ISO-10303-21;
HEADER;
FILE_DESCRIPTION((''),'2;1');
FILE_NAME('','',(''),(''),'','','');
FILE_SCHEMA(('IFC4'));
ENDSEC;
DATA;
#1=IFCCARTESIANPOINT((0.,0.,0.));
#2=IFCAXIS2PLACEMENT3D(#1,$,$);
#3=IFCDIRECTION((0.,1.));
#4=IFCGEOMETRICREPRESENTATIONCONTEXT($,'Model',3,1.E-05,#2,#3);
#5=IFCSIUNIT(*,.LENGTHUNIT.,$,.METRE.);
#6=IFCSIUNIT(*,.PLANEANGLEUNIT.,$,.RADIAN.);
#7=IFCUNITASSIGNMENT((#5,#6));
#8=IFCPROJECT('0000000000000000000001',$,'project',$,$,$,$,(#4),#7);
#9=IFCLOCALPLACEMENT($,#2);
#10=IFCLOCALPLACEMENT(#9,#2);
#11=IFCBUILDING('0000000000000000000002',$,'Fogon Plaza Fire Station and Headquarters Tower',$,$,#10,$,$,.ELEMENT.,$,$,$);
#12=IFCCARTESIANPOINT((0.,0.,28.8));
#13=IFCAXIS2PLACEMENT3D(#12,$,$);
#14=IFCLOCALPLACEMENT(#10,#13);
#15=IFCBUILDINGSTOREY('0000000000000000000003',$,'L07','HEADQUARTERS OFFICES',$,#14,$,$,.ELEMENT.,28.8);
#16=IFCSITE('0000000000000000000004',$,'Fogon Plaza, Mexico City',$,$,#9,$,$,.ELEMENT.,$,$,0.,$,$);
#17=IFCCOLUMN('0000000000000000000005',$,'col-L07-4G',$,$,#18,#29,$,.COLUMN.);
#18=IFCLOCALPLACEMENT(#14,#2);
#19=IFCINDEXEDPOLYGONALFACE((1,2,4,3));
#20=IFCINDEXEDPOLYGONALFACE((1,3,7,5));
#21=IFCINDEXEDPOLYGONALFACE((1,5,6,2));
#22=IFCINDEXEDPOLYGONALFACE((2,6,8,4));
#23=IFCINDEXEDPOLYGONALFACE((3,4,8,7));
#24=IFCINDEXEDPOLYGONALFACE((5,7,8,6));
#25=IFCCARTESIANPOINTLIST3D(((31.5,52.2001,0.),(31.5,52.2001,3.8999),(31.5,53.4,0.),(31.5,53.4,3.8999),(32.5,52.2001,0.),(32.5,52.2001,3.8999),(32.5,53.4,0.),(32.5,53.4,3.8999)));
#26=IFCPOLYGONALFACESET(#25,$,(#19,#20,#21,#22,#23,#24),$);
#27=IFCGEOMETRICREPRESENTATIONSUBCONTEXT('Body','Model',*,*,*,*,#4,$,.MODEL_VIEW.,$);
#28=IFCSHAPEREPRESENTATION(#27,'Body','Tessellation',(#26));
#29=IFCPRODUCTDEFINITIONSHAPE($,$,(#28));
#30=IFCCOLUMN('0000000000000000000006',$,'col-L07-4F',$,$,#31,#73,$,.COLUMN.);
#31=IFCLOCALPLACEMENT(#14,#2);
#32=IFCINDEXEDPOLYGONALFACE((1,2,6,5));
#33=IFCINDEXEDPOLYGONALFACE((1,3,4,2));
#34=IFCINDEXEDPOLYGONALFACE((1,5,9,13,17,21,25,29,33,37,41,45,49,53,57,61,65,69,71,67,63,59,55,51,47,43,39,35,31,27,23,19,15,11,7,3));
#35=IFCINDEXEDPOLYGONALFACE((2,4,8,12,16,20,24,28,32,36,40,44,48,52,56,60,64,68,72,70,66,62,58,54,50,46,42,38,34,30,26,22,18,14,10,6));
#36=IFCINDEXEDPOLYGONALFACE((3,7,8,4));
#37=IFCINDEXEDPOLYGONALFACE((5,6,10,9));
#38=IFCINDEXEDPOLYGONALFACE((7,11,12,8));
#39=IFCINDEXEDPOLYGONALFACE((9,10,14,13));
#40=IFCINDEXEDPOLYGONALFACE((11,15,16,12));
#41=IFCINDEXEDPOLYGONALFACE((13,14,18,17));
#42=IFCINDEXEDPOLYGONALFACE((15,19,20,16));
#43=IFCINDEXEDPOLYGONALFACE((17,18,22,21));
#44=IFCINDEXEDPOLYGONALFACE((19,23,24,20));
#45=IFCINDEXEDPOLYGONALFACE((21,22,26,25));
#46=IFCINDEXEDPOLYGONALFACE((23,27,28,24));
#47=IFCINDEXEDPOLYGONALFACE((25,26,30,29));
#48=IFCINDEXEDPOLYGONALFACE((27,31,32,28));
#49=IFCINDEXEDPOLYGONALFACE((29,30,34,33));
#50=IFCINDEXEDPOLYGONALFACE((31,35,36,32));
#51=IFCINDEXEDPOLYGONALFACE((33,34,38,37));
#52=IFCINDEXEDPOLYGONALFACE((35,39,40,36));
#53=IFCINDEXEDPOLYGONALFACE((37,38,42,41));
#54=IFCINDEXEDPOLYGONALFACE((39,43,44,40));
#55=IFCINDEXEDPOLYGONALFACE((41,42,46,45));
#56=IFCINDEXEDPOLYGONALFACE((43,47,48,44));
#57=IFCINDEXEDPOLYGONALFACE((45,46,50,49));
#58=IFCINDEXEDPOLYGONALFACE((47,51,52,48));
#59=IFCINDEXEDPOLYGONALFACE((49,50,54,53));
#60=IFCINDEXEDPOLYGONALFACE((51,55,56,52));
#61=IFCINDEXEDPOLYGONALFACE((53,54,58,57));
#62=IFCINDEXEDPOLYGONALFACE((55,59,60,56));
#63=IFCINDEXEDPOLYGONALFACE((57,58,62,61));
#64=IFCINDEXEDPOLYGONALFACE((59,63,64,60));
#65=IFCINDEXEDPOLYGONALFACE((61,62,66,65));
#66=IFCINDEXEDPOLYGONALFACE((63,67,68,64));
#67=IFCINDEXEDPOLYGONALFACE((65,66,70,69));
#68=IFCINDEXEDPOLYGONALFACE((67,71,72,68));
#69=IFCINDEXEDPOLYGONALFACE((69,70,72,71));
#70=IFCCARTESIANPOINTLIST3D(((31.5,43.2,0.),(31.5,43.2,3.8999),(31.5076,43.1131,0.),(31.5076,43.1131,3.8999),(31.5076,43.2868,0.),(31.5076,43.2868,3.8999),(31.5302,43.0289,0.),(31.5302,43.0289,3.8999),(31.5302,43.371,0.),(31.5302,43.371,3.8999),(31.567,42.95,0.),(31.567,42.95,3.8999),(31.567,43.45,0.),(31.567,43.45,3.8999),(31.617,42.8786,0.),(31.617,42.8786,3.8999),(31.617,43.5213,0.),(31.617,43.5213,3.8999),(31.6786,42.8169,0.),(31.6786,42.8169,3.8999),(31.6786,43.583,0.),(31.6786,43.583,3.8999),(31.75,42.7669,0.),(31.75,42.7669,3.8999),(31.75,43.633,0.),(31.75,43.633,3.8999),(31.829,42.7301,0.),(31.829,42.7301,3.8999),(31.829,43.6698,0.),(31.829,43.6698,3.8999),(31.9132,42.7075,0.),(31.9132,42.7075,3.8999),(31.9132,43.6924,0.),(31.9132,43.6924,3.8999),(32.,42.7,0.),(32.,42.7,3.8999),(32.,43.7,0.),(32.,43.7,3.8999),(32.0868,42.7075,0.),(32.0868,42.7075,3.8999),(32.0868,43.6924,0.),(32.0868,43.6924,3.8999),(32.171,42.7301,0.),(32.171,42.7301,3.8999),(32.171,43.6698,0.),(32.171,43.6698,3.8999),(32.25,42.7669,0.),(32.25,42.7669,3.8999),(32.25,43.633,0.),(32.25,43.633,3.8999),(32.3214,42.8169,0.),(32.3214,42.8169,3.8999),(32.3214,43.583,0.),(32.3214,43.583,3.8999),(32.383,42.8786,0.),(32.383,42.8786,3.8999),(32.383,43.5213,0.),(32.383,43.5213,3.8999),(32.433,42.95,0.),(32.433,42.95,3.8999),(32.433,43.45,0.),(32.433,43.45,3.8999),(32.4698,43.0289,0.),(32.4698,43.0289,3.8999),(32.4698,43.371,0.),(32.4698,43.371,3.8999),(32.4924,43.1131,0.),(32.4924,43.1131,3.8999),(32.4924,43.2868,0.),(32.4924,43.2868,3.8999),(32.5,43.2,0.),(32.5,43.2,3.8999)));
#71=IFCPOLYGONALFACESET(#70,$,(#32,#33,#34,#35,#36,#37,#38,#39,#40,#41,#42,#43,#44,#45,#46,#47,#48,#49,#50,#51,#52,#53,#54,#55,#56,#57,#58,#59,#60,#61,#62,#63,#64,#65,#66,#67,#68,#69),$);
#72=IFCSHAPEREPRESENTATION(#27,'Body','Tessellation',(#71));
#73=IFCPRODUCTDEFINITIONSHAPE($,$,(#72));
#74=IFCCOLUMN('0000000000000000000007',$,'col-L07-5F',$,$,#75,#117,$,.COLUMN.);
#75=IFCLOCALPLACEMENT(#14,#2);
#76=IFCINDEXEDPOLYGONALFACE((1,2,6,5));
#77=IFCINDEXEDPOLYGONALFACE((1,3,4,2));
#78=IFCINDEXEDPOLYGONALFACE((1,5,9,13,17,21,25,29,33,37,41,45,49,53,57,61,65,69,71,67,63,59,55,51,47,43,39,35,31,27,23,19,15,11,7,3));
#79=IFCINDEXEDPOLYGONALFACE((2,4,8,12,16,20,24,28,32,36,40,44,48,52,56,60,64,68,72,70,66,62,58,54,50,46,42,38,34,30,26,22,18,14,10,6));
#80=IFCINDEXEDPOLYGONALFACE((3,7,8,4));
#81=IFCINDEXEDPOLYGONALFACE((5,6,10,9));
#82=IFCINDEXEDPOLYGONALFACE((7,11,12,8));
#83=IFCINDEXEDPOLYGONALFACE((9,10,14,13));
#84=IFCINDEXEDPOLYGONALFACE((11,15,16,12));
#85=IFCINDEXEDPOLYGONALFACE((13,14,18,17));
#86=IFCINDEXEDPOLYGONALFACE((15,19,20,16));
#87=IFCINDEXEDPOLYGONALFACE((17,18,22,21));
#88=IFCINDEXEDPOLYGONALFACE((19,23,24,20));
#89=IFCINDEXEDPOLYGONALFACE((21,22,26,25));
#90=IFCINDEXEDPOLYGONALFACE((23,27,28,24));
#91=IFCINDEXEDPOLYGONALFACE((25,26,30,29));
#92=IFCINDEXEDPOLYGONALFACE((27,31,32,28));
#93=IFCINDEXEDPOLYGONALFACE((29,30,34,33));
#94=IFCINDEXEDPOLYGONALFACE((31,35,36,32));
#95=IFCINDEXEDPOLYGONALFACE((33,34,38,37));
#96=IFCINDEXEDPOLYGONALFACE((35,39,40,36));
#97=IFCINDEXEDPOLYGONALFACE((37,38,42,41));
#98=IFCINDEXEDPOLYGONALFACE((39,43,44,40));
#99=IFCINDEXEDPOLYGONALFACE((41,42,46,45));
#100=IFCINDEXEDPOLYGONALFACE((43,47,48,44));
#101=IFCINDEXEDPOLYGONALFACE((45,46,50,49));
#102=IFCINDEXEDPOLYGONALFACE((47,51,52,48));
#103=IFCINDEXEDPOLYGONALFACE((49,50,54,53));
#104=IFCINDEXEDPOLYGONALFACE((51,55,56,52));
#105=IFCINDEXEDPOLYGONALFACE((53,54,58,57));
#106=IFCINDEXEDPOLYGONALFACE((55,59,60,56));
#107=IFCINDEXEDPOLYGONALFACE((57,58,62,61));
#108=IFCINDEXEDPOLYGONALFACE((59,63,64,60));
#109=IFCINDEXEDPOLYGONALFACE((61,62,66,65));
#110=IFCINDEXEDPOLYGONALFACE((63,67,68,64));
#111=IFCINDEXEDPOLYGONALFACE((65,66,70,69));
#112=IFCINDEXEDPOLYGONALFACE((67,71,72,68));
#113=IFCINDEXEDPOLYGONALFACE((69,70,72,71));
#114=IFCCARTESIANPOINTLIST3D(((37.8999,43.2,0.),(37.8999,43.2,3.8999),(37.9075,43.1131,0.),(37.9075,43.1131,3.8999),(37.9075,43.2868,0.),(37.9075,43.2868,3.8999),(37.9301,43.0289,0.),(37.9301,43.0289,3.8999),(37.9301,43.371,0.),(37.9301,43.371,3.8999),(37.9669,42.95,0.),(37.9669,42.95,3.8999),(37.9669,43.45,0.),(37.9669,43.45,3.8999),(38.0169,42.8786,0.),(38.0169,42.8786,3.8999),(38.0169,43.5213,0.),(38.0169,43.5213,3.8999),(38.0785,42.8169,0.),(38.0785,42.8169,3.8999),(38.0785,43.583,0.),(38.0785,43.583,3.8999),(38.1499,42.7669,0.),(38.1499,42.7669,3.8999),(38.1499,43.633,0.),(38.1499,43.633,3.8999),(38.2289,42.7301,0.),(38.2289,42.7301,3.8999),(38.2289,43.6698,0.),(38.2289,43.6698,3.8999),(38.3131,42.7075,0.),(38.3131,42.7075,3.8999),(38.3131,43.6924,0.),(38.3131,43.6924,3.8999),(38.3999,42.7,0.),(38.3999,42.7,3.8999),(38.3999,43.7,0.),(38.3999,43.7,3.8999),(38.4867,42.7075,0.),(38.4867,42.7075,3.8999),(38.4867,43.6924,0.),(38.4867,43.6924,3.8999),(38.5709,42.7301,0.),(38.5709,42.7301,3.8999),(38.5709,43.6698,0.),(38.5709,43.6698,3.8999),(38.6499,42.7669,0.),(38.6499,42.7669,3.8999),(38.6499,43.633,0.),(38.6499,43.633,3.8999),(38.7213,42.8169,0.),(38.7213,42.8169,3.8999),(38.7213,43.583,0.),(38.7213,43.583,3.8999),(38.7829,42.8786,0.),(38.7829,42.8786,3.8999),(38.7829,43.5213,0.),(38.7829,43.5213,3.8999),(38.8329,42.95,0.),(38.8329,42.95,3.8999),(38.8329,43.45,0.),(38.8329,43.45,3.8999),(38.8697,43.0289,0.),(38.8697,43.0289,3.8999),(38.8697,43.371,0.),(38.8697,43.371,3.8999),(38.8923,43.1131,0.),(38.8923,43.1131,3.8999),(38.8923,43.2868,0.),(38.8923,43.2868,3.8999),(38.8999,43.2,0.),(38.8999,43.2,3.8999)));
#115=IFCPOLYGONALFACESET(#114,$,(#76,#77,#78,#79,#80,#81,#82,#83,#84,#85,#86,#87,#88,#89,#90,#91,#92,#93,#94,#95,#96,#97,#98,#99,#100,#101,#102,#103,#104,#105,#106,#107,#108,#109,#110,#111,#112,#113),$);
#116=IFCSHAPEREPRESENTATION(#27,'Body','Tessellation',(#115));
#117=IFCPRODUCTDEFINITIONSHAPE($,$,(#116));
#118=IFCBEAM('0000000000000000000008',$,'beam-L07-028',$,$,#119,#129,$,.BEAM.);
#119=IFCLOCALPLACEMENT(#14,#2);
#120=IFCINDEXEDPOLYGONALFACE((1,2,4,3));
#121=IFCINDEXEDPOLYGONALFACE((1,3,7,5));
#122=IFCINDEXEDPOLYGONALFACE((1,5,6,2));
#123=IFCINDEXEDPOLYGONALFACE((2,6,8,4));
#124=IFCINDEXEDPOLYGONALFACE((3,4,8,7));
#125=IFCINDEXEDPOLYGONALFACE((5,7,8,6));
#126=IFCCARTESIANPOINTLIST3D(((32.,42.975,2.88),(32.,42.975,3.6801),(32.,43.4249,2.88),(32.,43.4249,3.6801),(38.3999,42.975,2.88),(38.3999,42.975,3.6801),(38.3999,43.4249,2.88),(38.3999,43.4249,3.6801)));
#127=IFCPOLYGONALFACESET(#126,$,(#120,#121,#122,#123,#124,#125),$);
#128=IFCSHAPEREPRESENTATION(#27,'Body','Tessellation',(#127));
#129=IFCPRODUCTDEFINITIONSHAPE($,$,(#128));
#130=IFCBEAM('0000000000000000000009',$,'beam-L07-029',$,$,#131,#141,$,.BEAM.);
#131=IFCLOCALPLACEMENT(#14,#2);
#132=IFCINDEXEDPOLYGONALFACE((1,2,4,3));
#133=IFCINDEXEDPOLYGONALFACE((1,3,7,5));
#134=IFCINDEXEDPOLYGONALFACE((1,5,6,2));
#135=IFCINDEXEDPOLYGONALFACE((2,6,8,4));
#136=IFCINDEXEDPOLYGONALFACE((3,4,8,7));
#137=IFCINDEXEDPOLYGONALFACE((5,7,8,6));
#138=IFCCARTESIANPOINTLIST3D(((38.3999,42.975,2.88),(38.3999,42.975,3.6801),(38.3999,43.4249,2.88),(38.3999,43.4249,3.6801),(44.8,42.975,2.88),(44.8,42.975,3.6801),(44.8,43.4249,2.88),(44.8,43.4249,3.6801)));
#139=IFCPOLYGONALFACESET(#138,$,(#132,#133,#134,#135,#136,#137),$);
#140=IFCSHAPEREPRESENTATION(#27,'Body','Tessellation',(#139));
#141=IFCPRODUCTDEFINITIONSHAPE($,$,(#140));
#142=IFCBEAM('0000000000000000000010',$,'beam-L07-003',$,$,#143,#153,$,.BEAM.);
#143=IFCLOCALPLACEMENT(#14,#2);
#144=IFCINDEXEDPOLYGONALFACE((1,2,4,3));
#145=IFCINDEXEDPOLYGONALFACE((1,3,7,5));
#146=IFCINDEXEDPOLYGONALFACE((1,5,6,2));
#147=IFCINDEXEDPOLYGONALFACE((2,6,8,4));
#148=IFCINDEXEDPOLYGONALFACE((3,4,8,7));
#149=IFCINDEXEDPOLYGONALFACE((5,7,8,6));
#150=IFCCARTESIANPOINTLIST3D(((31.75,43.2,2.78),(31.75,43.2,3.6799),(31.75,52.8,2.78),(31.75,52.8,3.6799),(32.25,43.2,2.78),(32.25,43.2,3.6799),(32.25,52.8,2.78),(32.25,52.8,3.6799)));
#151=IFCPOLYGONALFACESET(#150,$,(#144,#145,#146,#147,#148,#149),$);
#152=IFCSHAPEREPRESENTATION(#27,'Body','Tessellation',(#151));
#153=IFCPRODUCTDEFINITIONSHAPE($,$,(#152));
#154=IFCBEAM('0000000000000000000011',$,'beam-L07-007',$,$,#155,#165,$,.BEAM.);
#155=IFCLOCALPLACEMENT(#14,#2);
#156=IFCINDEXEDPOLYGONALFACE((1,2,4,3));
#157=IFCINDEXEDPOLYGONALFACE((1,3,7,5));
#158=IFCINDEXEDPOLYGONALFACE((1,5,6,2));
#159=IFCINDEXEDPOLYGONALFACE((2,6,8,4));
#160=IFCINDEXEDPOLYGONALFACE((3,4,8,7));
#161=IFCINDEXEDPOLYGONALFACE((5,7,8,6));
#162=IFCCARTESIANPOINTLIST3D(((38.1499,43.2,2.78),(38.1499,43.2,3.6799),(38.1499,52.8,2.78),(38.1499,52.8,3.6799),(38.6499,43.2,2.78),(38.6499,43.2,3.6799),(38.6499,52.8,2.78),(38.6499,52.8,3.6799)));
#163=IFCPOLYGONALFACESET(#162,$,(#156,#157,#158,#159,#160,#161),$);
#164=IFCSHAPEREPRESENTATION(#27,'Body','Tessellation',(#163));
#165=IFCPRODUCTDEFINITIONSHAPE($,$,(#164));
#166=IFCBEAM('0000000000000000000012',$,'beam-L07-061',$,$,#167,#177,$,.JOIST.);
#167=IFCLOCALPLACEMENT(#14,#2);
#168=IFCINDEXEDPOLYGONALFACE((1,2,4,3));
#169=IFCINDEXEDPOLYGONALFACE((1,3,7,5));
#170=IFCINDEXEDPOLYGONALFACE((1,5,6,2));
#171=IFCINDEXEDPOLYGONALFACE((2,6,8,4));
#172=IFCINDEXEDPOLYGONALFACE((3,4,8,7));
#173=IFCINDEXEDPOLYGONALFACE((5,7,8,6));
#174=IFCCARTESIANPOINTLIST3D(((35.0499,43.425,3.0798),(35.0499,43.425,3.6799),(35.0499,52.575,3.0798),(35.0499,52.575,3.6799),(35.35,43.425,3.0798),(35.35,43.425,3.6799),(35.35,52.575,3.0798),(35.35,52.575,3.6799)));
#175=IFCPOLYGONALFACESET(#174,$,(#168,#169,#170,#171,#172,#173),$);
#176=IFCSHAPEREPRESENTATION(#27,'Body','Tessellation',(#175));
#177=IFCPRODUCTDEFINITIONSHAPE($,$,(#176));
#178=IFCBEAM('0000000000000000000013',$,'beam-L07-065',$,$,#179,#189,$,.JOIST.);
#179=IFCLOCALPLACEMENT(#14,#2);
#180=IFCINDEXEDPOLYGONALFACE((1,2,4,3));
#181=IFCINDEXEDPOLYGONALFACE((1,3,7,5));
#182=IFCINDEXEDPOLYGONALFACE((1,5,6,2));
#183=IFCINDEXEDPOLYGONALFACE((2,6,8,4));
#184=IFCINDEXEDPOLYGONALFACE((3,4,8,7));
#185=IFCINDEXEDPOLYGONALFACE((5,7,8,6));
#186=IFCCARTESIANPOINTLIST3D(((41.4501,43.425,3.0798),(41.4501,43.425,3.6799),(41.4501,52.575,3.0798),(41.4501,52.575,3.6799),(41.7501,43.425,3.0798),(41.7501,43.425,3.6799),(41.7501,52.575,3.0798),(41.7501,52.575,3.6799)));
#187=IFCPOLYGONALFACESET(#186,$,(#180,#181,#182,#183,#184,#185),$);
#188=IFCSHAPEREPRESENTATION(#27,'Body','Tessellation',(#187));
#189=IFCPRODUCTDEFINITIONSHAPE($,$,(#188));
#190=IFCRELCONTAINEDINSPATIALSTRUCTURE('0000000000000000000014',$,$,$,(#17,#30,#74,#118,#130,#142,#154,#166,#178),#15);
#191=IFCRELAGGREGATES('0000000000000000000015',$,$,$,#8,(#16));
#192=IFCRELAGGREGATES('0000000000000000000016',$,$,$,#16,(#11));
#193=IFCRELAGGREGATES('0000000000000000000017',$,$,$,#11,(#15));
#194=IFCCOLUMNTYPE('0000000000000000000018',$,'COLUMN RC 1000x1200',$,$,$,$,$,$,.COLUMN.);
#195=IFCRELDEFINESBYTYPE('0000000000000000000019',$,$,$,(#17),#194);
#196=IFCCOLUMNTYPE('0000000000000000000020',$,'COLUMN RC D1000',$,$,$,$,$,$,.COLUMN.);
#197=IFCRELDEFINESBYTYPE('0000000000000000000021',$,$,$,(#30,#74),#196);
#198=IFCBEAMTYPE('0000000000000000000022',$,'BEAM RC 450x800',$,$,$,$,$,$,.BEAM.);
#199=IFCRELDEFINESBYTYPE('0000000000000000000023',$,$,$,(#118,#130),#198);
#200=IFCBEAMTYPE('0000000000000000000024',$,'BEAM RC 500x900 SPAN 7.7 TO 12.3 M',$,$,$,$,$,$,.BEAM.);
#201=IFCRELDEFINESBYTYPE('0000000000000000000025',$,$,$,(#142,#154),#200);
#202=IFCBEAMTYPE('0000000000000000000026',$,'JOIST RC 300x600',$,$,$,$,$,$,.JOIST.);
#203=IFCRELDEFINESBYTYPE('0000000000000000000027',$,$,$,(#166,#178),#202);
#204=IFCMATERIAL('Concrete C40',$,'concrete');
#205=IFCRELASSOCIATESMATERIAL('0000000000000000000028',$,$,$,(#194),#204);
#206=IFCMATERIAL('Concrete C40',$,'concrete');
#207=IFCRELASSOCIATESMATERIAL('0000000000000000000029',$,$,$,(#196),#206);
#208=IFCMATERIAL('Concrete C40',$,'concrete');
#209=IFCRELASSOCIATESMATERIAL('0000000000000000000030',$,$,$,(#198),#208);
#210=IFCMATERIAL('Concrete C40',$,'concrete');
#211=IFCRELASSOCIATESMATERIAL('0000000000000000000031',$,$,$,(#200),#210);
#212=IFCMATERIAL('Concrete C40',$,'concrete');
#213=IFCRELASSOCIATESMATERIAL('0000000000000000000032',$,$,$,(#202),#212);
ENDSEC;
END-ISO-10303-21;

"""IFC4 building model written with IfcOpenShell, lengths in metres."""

from ifc_helpers import new_model, si_unit, direction, frame, origin, origin_2d, place, context, subcontext, project, spatial, rectangle, circle, extrude, material, material_profile, profile_set, type_object, element, save


model = new_model("IFC4")

# Units and contexts
model_context = context("Model", 3, precision=1e-05, world=origin(), true_north=direction((0.0, 1.0)))
body_context = subcontext(model_context, "Body", "Model", "MODEL_VIEW")
ifc_project = project(units=[si_unit("LENGTHUNIT", "METRE"), si_unit("PLANEANGLEUNIT", "RADIAN")], contexts=[model_context])

# Site, building, storey
site_placement = place(None, origin())
site = spatial("IfcSite", under=ifc_project, at=site_placement, Name="Fogon Plaza, Mexico City", CompositionType="ELEMENT", RefElevation=0.0)
building_placement = place(site_placement, origin())
building = spatial("IfcBuilding", under=site, at=building_placement, Name="Fogon Plaza Fire Station and Headquarters Tower", CompositionType="ELEMENT")
storey_placement = place(building_placement, frame((0.0, 0.0, 28.8)))
storey = spatial("IfcBuildingStorey", under=building, at=storey_placement, Name="L07", Description="HEADQUARTERS OFFICES", CompositionType="ELEMENT", Elevation=28.8)

# Columns
ifc_material_1 = material(Name="Concrete C40", Category="concrete")
ifc_material_profile_1 = material_profile(ifc_material_1, rectangle(XDim=1.0, YDim=1.2, at=origin_2d()), Name="RC 1000x1200")
ifc_profile_set_1 = profile_set([ifc_material_profile_1], Name="Concrete C40")
column_type_1 = type_object("IfcColumnType", Name="COLUMN RC 1000x1200", PredefinedType="COLUMN", material=ifc_profile_set_1)
column_placement = place(storey_placement, frame((32.0, 52.8, 0.0), z_axis=(0.0, 0.0, 1.0), x_axis=(1.0, 0.0, 0.0)))
element("IfcColumn", 1, at=column_placement, inside=storey, type_object=column_type_1, Name="col-L07-4G", PredefinedType="COLUMN", context=body_context, shape_type="SweptSolid", body=[
    extrude(rectangle(XDim=1.0, YDim=1.2, at=origin_2d()), origin(), (0.0, 0.0, 1.0), 3.8999),
])
ifc_material_2 = material(Name="Concrete C40", Category="concrete")
ifc_material_profile_2 = material_profile(ifc_material_2, circle(Radius=0.5, at=origin_2d()), Name="RC D1000")
ifc_profile_set_2 = profile_set([ifc_material_profile_2], Name="Concrete C40")
column_type_2 = type_object("IfcColumnType", Name="COLUMN RC D1000", PredefinedType="COLUMN", material=ifc_profile_set_2)
for number, where, z_axis, x_axis, name in (
    (2, (32.0, 43.2, 0.0), (0.0, 0.0, 1.0), (1.0, 0.0, 0.0), "col-L07-4F"),
    (3, (38.3999, 43.2, 0.0), (0.0, 0.0, 1.0), (1.0, 0.0, 0.0), "col-L07-5F"),
):
    element("IfcColumn", number, at=place(storey_placement, frame(where, z_axis=z_axis, x_axis=x_axis)), inside=storey, type_object=column_type_2, Name=name, PredefinedType="COLUMN", context=body_context, shape_type="SweptSolid", body=[
        extrude(circle(Radius=0.5, at=origin_2d()), origin(), (0.0, 0.0, 1.0), 3.8999),
    ])

# Beams
ifc_material_3 = material(Name="Concrete C40", Category="concrete")
ifc_material_profile_3 = material_profile(ifc_material_3, rectangle(XDim=0.45, YDim=0.8, at=origin_2d()), Name="RC 450x800")
ifc_profile_set_3 = profile_set([ifc_material_profile_3], Name="Concrete C40")
beam_type_1 = type_object("IfcBeamType", Name="BEAM RC 450x800", PredefinedType="BEAM", material=ifc_profile_set_3)
beam_1_placement = place(storey_placement, frame((32.0, 43.2, 3.28), z_axis=(1.0, 0.0, 0.0), x_axis=(0.0, 1.0, 0.0)))
element("IfcBeam", 4, at=beam_1_placement, inside=storey, type_object=beam_type_1, Name="beam-L07-028", PredefinedType="BEAM", context=body_context, shape_type="SweptSolid", body=[
    extrude(rectangle(XDim=0.45, YDim=0.8, at=origin_2d()), origin(), (0.0, 0.0, 1.0), 6.3999),
])
beam_2_placement = place(storey_placement, frame((38.3999, 43.2, 3.28), z_axis=(1.0, 0.0, 0.0), x_axis=(0.0, 1.0, 0.0)))
element("IfcBeam", 5, at=beam_2_placement, inside=storey, type_object=beam_type_1, Name="beam-L07-029", PredefinedType="BEAM", context=body_context, shape_type="SweptSolid", body=[
    extrude(rectangle(XDim=0.45, YDim=0.8, at=origin_2d()), origin(), (0.0, 0.0, 1.0), 6.4001),
])
ifc_material_4 = material(Name="Concrete C40", Category="concrete")
ifc_material_profile_4 = material_profile(ifc_material_4, rectangle(XDim=0.5, YDim=0.8999, at=origin_2d()), Name="RC 500x900")
ifc_profile_set_4 = profile_set([ifc_material_profile_4], Name="Concrete C40")
beam_type_2 = type_object("IfcBeamType", Name="BEAM RC 500x900 SPAN 7.7 TO 12.3 M", PredefinedType="BEAM", material=ifc_profile_set_4)
for number, where, z_axis, x_axis, name in (
    (6, (32.0, 43.2, 3.23), (0.0, 1.0, 0.0), (-1.0, 0.0, 0.0), "beam-L07-003"),
    (7, (38.3999, 43.2, 3.23), (0.0, 1.0, 0.0), (-1.0, 0.0, 0.0), "beam-L07-007"),
):
    element("IfcBeam", number, at=place(storey_placement, frame(where, z_axis=z_axis, x_axis=x_axis)), inside=storey, type_object=beam_type_2, Name=name, PredefinedType="BEAM", context=body_context, shape_type="SweptSolid", body=[
        extrude(rectangle(XDim=0.5, YDim=0.8999, at=origin_2d()), origin(), (0.0, 0.0, 1.0), 9.6001),
    ])
ifc_material_5 = material(Name="Concrete C40", Category="concrete")
ifc_material_profile_5 = material_profile(ifc_material_5, rectangle(XDim=0.3, YDim=0.6001, at=origin_2d()), Name="RC 300x600")
ifc_profile_set_5 = profile_set([ifc_material_profile_5], Name="Concrete C40")
beam_type_3 = type_object("IfcBeamType", Name="JOIST RC 300x600", PredefinedType="JOIST", material=ifc_profile_set_5)
for number, where, z_axis, x_axis, name in (
    (8, (35.2, 43.425, 3.3799), (0.0, 1.0, 0.0), (-1.0, 0.0, 0.0), "beam-L07-061"),
    (9, (41.6001, 43.425, 3.3799), (0.0, 1.0, 0.0), (-1.0, 0.0, 0.0), "beam-L07-065"),
):
    element("IfcBeam", number, at=place(storey_placement, frame(where, z_axis=z_axis, x_axis=x_axis)), inside=storey, type_object=beam_type_3, Name=name, PredefinedType="JOIST", context=body_context, shape_type="SweptSolid", body=[
        extrude(rectangle(XDim=0.3, YDim=0.6001, at=origin_2d()), origin(), (0.0, 0.0, 1.0), 9.1499),
    ])

save(model, "model.ifc")
